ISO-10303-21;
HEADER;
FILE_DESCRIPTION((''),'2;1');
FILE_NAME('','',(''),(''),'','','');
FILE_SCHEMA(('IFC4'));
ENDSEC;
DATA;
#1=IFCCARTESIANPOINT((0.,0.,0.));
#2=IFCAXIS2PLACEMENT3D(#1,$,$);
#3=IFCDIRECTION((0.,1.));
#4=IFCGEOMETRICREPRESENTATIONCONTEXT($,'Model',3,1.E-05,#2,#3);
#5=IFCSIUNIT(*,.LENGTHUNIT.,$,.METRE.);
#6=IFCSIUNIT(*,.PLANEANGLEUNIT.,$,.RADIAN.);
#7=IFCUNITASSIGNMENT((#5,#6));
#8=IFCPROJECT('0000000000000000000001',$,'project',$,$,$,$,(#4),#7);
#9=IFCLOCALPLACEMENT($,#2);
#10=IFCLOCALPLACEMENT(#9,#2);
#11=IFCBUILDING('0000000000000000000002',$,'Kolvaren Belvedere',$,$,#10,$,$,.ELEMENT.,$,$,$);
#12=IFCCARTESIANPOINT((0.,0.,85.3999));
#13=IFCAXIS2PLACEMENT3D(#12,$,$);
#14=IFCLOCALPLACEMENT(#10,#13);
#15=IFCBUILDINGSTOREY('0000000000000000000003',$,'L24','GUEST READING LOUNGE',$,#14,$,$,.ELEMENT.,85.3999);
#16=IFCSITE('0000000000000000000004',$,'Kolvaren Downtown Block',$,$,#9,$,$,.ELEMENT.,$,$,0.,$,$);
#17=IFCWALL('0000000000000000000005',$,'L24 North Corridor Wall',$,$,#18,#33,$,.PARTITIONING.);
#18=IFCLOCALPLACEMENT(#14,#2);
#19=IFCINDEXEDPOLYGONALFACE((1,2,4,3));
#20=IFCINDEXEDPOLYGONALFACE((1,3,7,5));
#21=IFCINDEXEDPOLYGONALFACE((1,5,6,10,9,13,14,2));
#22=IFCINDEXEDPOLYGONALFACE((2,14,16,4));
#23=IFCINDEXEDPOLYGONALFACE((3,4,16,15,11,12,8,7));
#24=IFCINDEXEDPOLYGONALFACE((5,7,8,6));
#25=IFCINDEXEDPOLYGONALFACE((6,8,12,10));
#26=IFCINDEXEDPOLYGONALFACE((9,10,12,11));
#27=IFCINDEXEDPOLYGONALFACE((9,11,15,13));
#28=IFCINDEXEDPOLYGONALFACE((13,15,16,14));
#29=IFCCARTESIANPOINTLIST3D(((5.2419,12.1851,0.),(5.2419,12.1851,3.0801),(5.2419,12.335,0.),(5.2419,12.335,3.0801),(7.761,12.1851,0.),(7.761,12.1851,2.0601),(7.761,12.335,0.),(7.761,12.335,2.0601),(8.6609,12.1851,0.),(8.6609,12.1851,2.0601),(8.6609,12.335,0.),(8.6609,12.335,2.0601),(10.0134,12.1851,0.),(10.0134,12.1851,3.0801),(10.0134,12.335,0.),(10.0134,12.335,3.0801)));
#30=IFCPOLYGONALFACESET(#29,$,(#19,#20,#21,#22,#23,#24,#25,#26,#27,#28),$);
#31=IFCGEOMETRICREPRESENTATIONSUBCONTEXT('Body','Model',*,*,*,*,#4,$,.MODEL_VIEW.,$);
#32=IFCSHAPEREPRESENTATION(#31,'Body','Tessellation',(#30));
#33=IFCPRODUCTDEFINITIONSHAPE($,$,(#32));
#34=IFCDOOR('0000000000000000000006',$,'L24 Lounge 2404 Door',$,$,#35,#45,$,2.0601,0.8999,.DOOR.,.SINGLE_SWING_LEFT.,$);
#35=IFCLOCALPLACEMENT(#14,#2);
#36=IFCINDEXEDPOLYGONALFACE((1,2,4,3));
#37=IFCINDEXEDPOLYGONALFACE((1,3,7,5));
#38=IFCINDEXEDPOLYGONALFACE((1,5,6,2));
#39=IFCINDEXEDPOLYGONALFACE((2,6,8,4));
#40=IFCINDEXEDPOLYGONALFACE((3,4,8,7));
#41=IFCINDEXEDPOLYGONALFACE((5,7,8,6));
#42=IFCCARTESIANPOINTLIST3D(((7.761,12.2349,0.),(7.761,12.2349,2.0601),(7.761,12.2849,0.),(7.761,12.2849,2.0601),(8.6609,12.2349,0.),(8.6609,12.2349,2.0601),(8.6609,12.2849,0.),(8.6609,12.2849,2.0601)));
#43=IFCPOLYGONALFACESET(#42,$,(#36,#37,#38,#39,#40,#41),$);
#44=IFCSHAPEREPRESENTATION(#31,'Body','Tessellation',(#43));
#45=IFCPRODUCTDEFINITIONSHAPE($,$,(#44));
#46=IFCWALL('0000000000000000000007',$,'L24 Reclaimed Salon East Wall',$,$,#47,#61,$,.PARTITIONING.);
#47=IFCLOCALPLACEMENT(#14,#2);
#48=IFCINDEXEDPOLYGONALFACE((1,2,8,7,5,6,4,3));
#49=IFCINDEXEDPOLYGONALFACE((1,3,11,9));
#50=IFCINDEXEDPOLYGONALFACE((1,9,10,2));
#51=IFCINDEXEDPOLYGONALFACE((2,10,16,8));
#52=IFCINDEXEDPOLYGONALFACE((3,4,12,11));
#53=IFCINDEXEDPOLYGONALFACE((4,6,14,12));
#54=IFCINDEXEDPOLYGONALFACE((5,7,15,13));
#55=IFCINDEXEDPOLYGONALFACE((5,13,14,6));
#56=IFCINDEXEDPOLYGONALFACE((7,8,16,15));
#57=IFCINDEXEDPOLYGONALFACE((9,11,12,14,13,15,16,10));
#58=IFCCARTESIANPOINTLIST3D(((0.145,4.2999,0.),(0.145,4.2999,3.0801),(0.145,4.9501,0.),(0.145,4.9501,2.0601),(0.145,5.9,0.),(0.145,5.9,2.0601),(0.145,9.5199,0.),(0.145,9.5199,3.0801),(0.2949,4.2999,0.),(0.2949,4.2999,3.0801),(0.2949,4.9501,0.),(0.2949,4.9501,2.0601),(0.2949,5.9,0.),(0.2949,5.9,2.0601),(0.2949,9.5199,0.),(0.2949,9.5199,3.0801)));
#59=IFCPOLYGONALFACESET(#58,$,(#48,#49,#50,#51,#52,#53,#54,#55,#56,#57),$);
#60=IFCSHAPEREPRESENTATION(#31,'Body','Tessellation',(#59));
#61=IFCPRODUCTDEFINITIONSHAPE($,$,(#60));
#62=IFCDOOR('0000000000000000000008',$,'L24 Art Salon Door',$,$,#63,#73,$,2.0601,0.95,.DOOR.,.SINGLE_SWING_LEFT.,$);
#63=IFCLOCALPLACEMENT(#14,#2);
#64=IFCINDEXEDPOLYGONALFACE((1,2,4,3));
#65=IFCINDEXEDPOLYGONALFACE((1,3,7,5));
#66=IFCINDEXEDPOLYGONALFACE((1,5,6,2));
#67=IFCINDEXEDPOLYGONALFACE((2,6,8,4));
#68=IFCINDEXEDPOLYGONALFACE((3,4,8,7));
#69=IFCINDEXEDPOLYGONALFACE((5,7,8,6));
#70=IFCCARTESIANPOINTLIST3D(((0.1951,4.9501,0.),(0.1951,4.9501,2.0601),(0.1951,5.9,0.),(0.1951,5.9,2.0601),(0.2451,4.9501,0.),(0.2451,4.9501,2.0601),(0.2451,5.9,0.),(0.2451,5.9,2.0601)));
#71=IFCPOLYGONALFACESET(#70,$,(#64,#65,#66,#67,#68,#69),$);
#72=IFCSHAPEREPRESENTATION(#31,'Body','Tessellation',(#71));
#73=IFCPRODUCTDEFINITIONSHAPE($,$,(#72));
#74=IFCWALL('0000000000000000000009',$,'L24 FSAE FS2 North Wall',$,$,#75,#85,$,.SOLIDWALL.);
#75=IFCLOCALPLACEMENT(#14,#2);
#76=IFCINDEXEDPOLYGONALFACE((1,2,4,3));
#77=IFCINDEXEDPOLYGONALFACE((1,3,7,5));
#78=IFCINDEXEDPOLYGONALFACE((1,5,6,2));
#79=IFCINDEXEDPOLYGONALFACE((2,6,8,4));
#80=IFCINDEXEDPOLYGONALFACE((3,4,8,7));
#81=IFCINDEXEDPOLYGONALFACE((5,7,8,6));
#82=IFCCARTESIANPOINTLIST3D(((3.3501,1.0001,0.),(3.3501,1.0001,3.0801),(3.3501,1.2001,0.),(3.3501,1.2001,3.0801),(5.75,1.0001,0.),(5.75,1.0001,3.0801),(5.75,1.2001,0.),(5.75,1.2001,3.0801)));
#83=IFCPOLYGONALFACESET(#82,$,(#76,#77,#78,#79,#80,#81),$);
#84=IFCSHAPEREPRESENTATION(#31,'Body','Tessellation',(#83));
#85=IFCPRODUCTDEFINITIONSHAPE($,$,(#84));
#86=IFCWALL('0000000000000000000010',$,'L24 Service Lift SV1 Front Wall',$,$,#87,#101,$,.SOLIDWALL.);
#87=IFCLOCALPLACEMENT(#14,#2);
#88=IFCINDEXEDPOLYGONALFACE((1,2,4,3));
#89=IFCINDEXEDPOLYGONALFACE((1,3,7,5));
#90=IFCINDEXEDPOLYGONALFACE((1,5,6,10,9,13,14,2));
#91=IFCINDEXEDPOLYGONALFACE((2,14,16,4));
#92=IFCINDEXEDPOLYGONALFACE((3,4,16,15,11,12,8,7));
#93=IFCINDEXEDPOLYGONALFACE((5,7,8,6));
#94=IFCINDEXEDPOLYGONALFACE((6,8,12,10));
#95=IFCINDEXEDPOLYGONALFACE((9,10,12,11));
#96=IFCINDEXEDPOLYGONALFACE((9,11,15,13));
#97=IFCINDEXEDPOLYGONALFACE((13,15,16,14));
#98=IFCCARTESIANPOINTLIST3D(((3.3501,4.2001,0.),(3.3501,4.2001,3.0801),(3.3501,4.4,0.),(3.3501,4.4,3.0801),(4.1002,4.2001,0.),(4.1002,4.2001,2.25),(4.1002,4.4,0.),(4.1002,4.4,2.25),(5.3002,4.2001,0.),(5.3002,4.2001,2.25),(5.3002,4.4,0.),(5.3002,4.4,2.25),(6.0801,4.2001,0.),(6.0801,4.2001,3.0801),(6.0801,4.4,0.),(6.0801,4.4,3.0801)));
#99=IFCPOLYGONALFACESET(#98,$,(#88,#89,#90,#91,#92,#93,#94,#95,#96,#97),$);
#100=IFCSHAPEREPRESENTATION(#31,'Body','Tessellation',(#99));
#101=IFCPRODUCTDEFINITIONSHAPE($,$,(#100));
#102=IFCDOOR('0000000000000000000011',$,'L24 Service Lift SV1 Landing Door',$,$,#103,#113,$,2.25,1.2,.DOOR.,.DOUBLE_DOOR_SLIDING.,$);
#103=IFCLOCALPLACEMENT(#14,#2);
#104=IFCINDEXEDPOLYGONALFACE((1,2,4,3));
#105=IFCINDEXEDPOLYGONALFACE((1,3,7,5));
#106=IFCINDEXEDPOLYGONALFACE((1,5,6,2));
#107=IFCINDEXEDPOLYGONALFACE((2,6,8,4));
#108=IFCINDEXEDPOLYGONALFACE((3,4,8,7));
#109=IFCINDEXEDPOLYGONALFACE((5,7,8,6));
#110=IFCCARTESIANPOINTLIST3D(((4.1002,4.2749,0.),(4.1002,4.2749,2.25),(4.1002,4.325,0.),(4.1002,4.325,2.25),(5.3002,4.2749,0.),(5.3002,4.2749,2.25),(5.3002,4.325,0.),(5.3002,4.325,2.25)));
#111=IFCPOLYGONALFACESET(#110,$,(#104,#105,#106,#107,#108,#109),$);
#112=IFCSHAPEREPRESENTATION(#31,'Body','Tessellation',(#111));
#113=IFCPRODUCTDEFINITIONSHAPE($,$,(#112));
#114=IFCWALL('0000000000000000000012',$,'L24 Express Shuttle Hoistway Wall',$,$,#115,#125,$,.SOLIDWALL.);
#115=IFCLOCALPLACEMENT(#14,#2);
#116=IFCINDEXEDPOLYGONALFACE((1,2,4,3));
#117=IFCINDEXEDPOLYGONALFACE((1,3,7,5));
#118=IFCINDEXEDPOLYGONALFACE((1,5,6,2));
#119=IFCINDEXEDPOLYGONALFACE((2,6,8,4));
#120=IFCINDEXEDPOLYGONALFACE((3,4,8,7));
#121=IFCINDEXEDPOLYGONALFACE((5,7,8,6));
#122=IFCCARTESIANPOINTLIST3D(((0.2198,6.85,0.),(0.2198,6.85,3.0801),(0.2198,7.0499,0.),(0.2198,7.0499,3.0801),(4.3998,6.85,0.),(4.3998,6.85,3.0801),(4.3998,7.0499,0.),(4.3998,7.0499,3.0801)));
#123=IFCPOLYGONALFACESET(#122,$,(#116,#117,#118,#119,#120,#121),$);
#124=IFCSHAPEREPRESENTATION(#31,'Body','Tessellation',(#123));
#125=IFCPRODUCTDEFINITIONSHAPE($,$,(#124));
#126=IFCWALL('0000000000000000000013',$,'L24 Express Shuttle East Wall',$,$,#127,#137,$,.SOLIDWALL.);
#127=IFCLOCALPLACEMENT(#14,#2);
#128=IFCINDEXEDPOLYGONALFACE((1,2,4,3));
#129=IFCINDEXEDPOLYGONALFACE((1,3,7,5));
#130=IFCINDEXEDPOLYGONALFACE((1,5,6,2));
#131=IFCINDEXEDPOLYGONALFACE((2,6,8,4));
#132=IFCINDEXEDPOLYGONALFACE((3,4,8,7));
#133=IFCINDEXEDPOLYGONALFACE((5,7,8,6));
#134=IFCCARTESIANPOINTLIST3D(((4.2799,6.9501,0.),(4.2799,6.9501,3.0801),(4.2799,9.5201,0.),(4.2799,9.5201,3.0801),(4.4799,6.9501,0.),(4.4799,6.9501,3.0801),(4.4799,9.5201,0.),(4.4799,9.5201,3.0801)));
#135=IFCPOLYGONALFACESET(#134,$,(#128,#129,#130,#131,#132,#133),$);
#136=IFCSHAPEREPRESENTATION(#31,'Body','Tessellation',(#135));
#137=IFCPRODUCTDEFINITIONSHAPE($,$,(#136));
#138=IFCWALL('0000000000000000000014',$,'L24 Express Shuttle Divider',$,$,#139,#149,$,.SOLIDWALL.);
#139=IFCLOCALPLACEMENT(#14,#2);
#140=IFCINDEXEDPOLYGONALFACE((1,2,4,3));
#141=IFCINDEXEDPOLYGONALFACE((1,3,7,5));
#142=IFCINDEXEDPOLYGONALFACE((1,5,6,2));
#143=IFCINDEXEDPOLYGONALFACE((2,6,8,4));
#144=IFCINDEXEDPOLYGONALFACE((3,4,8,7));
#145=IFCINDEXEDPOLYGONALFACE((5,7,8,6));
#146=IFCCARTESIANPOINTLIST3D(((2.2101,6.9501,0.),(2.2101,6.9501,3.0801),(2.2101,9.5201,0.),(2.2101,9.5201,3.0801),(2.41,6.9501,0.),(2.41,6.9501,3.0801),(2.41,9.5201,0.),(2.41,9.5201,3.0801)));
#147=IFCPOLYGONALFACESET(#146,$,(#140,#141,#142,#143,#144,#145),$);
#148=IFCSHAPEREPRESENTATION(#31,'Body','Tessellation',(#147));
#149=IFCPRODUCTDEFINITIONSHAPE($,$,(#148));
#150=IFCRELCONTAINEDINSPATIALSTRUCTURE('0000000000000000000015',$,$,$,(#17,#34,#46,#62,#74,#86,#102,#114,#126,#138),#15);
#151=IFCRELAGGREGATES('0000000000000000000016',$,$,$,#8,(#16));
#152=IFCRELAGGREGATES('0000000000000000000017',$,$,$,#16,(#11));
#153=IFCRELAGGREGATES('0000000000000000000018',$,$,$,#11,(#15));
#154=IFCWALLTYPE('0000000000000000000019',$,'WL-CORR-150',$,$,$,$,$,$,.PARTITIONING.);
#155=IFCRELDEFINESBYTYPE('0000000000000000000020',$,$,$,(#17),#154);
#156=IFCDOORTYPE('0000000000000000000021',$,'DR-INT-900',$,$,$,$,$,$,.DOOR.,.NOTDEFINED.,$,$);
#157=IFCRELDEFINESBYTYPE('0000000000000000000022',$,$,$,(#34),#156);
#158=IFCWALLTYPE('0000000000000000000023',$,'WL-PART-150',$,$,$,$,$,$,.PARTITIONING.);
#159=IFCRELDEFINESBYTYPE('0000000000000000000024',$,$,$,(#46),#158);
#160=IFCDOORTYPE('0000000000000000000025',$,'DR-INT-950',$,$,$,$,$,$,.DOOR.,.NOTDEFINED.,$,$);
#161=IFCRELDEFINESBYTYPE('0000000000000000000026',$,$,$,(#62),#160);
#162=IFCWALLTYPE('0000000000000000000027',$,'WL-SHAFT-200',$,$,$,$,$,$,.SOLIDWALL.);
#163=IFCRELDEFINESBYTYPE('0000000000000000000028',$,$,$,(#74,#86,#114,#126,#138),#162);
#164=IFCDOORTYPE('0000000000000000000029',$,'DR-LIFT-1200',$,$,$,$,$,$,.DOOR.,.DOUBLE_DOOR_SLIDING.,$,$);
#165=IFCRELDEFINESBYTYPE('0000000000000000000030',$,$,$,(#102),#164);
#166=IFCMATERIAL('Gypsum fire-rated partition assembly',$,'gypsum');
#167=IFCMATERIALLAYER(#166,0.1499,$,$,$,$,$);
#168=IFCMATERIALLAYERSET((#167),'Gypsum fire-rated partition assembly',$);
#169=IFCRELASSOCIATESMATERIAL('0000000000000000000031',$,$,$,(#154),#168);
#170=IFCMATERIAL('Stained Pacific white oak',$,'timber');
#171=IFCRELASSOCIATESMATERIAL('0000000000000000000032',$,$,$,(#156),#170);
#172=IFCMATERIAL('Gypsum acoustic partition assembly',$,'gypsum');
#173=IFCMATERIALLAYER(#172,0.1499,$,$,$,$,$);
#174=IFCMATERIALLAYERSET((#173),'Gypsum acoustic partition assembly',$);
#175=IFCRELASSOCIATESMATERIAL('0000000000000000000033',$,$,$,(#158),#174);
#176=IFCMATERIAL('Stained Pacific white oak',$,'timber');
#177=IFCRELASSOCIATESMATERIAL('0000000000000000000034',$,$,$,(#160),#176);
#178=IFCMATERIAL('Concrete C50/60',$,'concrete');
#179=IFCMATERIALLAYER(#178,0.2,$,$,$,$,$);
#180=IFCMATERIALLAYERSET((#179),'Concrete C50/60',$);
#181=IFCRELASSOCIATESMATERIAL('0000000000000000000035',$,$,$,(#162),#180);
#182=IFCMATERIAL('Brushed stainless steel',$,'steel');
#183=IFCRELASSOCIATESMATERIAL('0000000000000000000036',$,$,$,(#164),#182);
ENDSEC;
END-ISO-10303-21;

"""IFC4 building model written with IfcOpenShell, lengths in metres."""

from ifc_helpers import new_model, si_unit, direction, frame, frame_2d, origin, place, context, subcontext, project, spatial, rectangle, extrude, material, layer, layer_set, type_object, element, fill, save


model = new_model("IFC4")

# Units and contexts
model_context = context("Model", 3, precision=1e-05, world=origin(), true_north=direction((0.0, 1.0)))
body_context = subcontext(model_context, "Body", "Model", "MODEL_VIEW")
ifc_project = project(units=[si_unit("LENGTHUNIT", "METRE"), si_unit("PLANEANGLEUNIT", "RADIAN")], contexts=[model_context])

# Site, building, storey
site_placement = place(None, origin())
site = spatial("IfcSite", under=ifc_project, at=site_placement, Name="Kolvaren Downtown Block", CompositionType="ELEMENT", RefElevation=0.0)
building_placement = place(site_placement, origin())
building = spatial("IfcBuilding", under=site, at=building_placement, Name="Kolvaren Belvedere", CompositionType="ELEMENT")
storey_placement = place(building_placement, frame((0.0, 0.0, 85.3999)))
storey = spatial("IfcBuildingStorey", under=building, at=storey_placement, Name="L24", Description="GUEST READING LOUNGE", CompositionType="ELEMENT", Elevation=85.3999)

# Shared definitions
ifc_material_1 = material(Name="Gypsum fire-rated partition assembly", Category="gypsum")
ifc_layer_1 = layer(ifc_material_1, 0.1499)
ifc_layer_set_1 = layer_set([ifc_layer_1], Name="Gypsum fire-rated partition assembly")
wall_type_1 = type_object("IfcWallType", Name="WL-CORR-150", PredefinedType="PARTITIONING", material=ifc_layer_set_1)

# Walls, openings, doors
wall_1_placement = place(storey_placement, frame((5.2419, 12.26, 0.0), z_axis=(0.0, 0.0, 1.0), x_axis=(1.0, 0.0, 0.0)))
wall_1 = element("IfcWall", 1, at=wall_1_placement, inside=storey, type_object=wall_type_1, Name="L24 North Corridor Wall", PredefinedType="PARTITIONING", context=body_context, shape_type="SweptSolid", body=[
    extrude(rectangle(XDim=4.7715, YDim=0.1499, at=frame_2d((2.3857, 0.0))), origin(), (0.0, 0.0, 1.0), 3.0801),
])
opening_1_placement = place(wall_1_placement, frame((2.519, 0.0, 0.0)))
opening_1 = element("IfcOpeningElement", 2, at=opening_1_placement, cuts=wall_1, PredefinedType="OPENING", context=body_context, shape_type="SweptSolid", body=[
    extrude(rectangle(XDim=0.8999, YDim=2.0601, at=frame_2d((0.45, 1.03))), frame((0.0, 0.085, 0.0), z_axis=(0.0, -1.0, 0.0), x_axis=(1.0, 0.0, 0.0)), (0.0, 0.0, 1.0), 0.1699),
])
ifc_material_2 = material(Name="Stained Pacific white oak", Category="timber")
door_type_1 = type_object("IfcDoorType", Name="DR-INT-900", OperationType="NOTDEFINED", PredefinedType="DOOR", material=ifc_material_2)
door_1_placement = place(opening_1_placement, origin())
door_1 = element("IfcDoor", 3, at=door_1_placement, inside=storey, type_object=door_type_1, Name="L24 Lounge 2404 Door", OperationType="SINGLE_SWING_LEFT", OverallHeight=2.0601, OverallWidth=0.8999, PredefinedType="DOOR", context=body_context, shape_type="SweptSolid", body=[
    extrude(rectangle(XDim=0.8999, YDim=2.0601, at=frame_2d((0.45, 1.03))), frame((0.0, 0.0249, 0.0), z_axis=(0.0, -1.0, 0.0), x_axis=(1.0, 0.0, 0.0)), (0.0, 0.0, 1.0), 0.05),
])
fill(opening_1, door_1)
ifc_material_3 = material(Name="Gypsum acoustic partition assembly", Category="gypsum")
ifc_layer_2 = layer(ifc_material_3, 0.1499)
ifc_layer_set_2 = layer_set([ifc_layer_2], Name="Gypsum acoustic partition assembly")
wall_type_2 = type_object("IfcWallType", Name="WL-PART-150", PredefinedType="PARTITIONING", material=ifc_layer_set_2)
wall_2_placement = place(storey_placement, frame((0.22, 4.3, 0.0), z_axis=(0.0, 0.0, 1.0), x_axis=(0.0, 1.0, 0.0)))
wall_2 = element("IfcWall", 4, at=wall_2_placement, inside=storey, type_object=wall_type_2, Name="L24 Reclaimed Salon East Wall", PredefinedType="PARTITIONING", context=body_context, shape_type="SweptSolid", body=[
    extrude(rectangle(XDim=5.22, YDim=0.1499, at=frame_2d((2.6099, 0.0))), origin(), (0.0, 0.0, 1.0), 3.0801),
])
opening_2_placement = place(wall_2_placement, frame((0.6499, 0.0, 0.0)))
opening_2 = element("IfcOpeningElement", 5, at=opening_2_placement, cuts=wall_2, PredefinedType="OPENING", context=body_context, shape_type="SweptSolid", body=[
    extrude(rectangle(XDim=0.95, YDim=2.0601, at=frame_2d((0.4751, 1.03))), frame((0.0, 0.085, 0.0), z_axis=(0.0, -1.0, 0.0), x_axis=(1.0, 0.0, 0.0)), (0.0, 0.0, 1.0), 0.1699),
])
ifc_material_4 = material(Name="Stained Pacific white oak", Category="timber")
door_type_2 = type_object("IfcDoorType", Name="DR-INT-950", OperationType="NOTDEFINED", PredefinedType="DOOR", material=ifc_material_4)
door_2_placement = place(opening_2_placement, origin())
door_2 = element("IfcDoor", 6, at=door_2_placement, inside=storey, type_object=door_type_2, Name="L24 Art Salon Door", OperationType="SINGLE_SWING_LEFT", OverallHeight=2.0601, OverallWidth=0.95, PredefinedType="DOOR", context=body_context, shape_type="SweptSolid", body=[
    extrude(rectangle(XDim=0.95, YDim=2.0601, at=frame_2d((0.4751, 1.03))), frame((0.0, 0.0249, 0.0), z_axis=(0.0, -1.0, 0.0), x_axis=(1.0, 0.0, 0.0)), (0.0, 0.0, 1.0), 0.05),
])
fill(opening_2, door_2)

# Wall
ifc_material_5 = material(Name="Concrete C50/60", Category="concrete")
ifc_layer_3 = layer(ifc_material_5, 0.2)
ifc_layer_set_3 = layer_set([ifc_layer_3], Name="Concrete C50/60")
wall_type_3 = type_object("IfcWallType", Name="WL-SHAFT-200", PredefinedType="SOLIDWALL", material=ifc_layer_set_3)
wall_3_placement = place(storey_placement, frame((3.3501, 1.1001, 0.0), z_axis=(0.0, 0.0, 1.0), x_axis=(1.0, 0.0, 0.0)))
element("IfcWall", 7, at=wall_3_placement, inside=storey, type_object=wall_type_3, Name="L24 FSAE FS2 North Wall", PredefinedType="SOLIDWALL", context=body_context, shape_type="SweptSolid", body=[
    extrude(rectangle(XDim=2.3999, YDim=0.2, at=frame_2d((1.2, 0.0))), origin(), (0.0, 0.0, 1.0), 3.0801),
])

# Wall, opening, door
wall_4_placement = place(storey_placement, frame((3.3501, 4.3, 0.0), z_axis=(0.0, 0.0, 1.0), x_axis=(1.0, 0.0, 0.0)))
wall_4 = element("IfcWall", 8, at=wall_4_placement, inside=storey, type_object=wall_type_3, Name="L24 Service Lift SV1 Front Wall", PredefinedType="SOLIDWALL", context=body_context, shape_type="SweptSolid", body=[
    extrude(rectangle(XDim=2.73, YDim=0.2, at=frame_2d((1.365, 0.0))), origin(), (0.0, 0.0, 1.0), 3.0801),
])
opening_3_placement = place(wall_4_placement, frame((0.75, 0.0, 0.0)))
opening_3 = element("IfcOpeningElement", 9, at=opening_3_placement, cuts=wall_4, PredefinedType="OPENING", context=body_context, shape_type="SweptSolid", body=[
    extrude(rectangle(XDim=1.2, YDim=2.25, at=frame_2d((0.6001, 1.125))), frame((0.0, 0.1099, 0.0), z_axis=(0.0, -1.0, 0.0), x_axis=(1.0, 0.0, 0.0)), (0.0, 0.0, 1.0), 0.22),
])
ifc_material_6 = material(Name="Brushed stainless steel", Category="steel")
door_type_3 = type_object("IfcDoorType", Name="DR-LIFT-1200", OperationType="DOUBLE_DOOR_SLIDING", PredefinedType="DOOR", material=ifc_material_6)
door_3_placement = place(opening_3_placement, origin())
door_3 = element("IfcDoor", 10, at=door_3_placement, inside=storey, type_object=door_type_3, Name="L24 Service Lift SV1 Landing Door", OperationType="DOUBLE_DOOR_SLIDING", OverallHeight=2.25, OverallWidth=1.2, PredefinedType="DOOR", context=body_context, shape_type="SweptSolid", body=[
    extrude(rectangle(XDim=1.2, YDim=2.25, at=frame_2d((0.6001, 1.125))), frame((0.0, 0.0249, 0.0), z_axis=(0.0, -1.0, 0.0), x_axis=(1.0, 0.0, 0.0)), (0.0, 0.0, 1.0), 0.05),
])
fill(opening_3, door_3)

# Walls
wall_5_placement = place(storey_placement, frame((0.22, 6.95, 0.0), z_axis=(0.0, 0.0, 1.0), x_axis=(1.0, 0.0, 0.0)))
element("IfcWall", 11, at=wall_5_placement, inside=storey, type_object=wall_type_3, Name="L24 Express Shuttle Hoistway Wall", PredefinedType="SOLIDWALL", context=body_context, shape_type="SweptSolid", body=[
    extrude(rectangle(XDim=4.1799, YDim=0.2, at=frame_2d((2.0898, 0.0))), origin(), (0.0, 0.0, 1.0), 3.0801),
])
for number, where, z_axis, x_axis, name in (
    (12, (4.3799, 6.95, 0.0), (0.0, 0.0, 1.0), (0.0, 1.0, 0.0), "L24 Express Shuttle East Wall"),
    (13, (2.3101, 6.95, 0.0), (0.0, 0.0, 1.0), (0.0, 1.0, 0.0), "L24 Express Shuttle Divider"),
):
    element("IfcWall", number, at=place(storey_placement, frame(where, z_axis=z_axis, x_axis=x_axis)), inside=storey, type_object=wall_type_3, Name=name, PredefinedType="SOLIDWALL", context=body_context, shape_type="SweptSolid", body=[
        extrude(rectangle(XDim=2.5701, YDim=0.2, at=frame_2d((1.2852, 0.0))), origin(), (0.0, 0.0, 1.0), 3.0801),
    ])

save(model, "model.ifc")
